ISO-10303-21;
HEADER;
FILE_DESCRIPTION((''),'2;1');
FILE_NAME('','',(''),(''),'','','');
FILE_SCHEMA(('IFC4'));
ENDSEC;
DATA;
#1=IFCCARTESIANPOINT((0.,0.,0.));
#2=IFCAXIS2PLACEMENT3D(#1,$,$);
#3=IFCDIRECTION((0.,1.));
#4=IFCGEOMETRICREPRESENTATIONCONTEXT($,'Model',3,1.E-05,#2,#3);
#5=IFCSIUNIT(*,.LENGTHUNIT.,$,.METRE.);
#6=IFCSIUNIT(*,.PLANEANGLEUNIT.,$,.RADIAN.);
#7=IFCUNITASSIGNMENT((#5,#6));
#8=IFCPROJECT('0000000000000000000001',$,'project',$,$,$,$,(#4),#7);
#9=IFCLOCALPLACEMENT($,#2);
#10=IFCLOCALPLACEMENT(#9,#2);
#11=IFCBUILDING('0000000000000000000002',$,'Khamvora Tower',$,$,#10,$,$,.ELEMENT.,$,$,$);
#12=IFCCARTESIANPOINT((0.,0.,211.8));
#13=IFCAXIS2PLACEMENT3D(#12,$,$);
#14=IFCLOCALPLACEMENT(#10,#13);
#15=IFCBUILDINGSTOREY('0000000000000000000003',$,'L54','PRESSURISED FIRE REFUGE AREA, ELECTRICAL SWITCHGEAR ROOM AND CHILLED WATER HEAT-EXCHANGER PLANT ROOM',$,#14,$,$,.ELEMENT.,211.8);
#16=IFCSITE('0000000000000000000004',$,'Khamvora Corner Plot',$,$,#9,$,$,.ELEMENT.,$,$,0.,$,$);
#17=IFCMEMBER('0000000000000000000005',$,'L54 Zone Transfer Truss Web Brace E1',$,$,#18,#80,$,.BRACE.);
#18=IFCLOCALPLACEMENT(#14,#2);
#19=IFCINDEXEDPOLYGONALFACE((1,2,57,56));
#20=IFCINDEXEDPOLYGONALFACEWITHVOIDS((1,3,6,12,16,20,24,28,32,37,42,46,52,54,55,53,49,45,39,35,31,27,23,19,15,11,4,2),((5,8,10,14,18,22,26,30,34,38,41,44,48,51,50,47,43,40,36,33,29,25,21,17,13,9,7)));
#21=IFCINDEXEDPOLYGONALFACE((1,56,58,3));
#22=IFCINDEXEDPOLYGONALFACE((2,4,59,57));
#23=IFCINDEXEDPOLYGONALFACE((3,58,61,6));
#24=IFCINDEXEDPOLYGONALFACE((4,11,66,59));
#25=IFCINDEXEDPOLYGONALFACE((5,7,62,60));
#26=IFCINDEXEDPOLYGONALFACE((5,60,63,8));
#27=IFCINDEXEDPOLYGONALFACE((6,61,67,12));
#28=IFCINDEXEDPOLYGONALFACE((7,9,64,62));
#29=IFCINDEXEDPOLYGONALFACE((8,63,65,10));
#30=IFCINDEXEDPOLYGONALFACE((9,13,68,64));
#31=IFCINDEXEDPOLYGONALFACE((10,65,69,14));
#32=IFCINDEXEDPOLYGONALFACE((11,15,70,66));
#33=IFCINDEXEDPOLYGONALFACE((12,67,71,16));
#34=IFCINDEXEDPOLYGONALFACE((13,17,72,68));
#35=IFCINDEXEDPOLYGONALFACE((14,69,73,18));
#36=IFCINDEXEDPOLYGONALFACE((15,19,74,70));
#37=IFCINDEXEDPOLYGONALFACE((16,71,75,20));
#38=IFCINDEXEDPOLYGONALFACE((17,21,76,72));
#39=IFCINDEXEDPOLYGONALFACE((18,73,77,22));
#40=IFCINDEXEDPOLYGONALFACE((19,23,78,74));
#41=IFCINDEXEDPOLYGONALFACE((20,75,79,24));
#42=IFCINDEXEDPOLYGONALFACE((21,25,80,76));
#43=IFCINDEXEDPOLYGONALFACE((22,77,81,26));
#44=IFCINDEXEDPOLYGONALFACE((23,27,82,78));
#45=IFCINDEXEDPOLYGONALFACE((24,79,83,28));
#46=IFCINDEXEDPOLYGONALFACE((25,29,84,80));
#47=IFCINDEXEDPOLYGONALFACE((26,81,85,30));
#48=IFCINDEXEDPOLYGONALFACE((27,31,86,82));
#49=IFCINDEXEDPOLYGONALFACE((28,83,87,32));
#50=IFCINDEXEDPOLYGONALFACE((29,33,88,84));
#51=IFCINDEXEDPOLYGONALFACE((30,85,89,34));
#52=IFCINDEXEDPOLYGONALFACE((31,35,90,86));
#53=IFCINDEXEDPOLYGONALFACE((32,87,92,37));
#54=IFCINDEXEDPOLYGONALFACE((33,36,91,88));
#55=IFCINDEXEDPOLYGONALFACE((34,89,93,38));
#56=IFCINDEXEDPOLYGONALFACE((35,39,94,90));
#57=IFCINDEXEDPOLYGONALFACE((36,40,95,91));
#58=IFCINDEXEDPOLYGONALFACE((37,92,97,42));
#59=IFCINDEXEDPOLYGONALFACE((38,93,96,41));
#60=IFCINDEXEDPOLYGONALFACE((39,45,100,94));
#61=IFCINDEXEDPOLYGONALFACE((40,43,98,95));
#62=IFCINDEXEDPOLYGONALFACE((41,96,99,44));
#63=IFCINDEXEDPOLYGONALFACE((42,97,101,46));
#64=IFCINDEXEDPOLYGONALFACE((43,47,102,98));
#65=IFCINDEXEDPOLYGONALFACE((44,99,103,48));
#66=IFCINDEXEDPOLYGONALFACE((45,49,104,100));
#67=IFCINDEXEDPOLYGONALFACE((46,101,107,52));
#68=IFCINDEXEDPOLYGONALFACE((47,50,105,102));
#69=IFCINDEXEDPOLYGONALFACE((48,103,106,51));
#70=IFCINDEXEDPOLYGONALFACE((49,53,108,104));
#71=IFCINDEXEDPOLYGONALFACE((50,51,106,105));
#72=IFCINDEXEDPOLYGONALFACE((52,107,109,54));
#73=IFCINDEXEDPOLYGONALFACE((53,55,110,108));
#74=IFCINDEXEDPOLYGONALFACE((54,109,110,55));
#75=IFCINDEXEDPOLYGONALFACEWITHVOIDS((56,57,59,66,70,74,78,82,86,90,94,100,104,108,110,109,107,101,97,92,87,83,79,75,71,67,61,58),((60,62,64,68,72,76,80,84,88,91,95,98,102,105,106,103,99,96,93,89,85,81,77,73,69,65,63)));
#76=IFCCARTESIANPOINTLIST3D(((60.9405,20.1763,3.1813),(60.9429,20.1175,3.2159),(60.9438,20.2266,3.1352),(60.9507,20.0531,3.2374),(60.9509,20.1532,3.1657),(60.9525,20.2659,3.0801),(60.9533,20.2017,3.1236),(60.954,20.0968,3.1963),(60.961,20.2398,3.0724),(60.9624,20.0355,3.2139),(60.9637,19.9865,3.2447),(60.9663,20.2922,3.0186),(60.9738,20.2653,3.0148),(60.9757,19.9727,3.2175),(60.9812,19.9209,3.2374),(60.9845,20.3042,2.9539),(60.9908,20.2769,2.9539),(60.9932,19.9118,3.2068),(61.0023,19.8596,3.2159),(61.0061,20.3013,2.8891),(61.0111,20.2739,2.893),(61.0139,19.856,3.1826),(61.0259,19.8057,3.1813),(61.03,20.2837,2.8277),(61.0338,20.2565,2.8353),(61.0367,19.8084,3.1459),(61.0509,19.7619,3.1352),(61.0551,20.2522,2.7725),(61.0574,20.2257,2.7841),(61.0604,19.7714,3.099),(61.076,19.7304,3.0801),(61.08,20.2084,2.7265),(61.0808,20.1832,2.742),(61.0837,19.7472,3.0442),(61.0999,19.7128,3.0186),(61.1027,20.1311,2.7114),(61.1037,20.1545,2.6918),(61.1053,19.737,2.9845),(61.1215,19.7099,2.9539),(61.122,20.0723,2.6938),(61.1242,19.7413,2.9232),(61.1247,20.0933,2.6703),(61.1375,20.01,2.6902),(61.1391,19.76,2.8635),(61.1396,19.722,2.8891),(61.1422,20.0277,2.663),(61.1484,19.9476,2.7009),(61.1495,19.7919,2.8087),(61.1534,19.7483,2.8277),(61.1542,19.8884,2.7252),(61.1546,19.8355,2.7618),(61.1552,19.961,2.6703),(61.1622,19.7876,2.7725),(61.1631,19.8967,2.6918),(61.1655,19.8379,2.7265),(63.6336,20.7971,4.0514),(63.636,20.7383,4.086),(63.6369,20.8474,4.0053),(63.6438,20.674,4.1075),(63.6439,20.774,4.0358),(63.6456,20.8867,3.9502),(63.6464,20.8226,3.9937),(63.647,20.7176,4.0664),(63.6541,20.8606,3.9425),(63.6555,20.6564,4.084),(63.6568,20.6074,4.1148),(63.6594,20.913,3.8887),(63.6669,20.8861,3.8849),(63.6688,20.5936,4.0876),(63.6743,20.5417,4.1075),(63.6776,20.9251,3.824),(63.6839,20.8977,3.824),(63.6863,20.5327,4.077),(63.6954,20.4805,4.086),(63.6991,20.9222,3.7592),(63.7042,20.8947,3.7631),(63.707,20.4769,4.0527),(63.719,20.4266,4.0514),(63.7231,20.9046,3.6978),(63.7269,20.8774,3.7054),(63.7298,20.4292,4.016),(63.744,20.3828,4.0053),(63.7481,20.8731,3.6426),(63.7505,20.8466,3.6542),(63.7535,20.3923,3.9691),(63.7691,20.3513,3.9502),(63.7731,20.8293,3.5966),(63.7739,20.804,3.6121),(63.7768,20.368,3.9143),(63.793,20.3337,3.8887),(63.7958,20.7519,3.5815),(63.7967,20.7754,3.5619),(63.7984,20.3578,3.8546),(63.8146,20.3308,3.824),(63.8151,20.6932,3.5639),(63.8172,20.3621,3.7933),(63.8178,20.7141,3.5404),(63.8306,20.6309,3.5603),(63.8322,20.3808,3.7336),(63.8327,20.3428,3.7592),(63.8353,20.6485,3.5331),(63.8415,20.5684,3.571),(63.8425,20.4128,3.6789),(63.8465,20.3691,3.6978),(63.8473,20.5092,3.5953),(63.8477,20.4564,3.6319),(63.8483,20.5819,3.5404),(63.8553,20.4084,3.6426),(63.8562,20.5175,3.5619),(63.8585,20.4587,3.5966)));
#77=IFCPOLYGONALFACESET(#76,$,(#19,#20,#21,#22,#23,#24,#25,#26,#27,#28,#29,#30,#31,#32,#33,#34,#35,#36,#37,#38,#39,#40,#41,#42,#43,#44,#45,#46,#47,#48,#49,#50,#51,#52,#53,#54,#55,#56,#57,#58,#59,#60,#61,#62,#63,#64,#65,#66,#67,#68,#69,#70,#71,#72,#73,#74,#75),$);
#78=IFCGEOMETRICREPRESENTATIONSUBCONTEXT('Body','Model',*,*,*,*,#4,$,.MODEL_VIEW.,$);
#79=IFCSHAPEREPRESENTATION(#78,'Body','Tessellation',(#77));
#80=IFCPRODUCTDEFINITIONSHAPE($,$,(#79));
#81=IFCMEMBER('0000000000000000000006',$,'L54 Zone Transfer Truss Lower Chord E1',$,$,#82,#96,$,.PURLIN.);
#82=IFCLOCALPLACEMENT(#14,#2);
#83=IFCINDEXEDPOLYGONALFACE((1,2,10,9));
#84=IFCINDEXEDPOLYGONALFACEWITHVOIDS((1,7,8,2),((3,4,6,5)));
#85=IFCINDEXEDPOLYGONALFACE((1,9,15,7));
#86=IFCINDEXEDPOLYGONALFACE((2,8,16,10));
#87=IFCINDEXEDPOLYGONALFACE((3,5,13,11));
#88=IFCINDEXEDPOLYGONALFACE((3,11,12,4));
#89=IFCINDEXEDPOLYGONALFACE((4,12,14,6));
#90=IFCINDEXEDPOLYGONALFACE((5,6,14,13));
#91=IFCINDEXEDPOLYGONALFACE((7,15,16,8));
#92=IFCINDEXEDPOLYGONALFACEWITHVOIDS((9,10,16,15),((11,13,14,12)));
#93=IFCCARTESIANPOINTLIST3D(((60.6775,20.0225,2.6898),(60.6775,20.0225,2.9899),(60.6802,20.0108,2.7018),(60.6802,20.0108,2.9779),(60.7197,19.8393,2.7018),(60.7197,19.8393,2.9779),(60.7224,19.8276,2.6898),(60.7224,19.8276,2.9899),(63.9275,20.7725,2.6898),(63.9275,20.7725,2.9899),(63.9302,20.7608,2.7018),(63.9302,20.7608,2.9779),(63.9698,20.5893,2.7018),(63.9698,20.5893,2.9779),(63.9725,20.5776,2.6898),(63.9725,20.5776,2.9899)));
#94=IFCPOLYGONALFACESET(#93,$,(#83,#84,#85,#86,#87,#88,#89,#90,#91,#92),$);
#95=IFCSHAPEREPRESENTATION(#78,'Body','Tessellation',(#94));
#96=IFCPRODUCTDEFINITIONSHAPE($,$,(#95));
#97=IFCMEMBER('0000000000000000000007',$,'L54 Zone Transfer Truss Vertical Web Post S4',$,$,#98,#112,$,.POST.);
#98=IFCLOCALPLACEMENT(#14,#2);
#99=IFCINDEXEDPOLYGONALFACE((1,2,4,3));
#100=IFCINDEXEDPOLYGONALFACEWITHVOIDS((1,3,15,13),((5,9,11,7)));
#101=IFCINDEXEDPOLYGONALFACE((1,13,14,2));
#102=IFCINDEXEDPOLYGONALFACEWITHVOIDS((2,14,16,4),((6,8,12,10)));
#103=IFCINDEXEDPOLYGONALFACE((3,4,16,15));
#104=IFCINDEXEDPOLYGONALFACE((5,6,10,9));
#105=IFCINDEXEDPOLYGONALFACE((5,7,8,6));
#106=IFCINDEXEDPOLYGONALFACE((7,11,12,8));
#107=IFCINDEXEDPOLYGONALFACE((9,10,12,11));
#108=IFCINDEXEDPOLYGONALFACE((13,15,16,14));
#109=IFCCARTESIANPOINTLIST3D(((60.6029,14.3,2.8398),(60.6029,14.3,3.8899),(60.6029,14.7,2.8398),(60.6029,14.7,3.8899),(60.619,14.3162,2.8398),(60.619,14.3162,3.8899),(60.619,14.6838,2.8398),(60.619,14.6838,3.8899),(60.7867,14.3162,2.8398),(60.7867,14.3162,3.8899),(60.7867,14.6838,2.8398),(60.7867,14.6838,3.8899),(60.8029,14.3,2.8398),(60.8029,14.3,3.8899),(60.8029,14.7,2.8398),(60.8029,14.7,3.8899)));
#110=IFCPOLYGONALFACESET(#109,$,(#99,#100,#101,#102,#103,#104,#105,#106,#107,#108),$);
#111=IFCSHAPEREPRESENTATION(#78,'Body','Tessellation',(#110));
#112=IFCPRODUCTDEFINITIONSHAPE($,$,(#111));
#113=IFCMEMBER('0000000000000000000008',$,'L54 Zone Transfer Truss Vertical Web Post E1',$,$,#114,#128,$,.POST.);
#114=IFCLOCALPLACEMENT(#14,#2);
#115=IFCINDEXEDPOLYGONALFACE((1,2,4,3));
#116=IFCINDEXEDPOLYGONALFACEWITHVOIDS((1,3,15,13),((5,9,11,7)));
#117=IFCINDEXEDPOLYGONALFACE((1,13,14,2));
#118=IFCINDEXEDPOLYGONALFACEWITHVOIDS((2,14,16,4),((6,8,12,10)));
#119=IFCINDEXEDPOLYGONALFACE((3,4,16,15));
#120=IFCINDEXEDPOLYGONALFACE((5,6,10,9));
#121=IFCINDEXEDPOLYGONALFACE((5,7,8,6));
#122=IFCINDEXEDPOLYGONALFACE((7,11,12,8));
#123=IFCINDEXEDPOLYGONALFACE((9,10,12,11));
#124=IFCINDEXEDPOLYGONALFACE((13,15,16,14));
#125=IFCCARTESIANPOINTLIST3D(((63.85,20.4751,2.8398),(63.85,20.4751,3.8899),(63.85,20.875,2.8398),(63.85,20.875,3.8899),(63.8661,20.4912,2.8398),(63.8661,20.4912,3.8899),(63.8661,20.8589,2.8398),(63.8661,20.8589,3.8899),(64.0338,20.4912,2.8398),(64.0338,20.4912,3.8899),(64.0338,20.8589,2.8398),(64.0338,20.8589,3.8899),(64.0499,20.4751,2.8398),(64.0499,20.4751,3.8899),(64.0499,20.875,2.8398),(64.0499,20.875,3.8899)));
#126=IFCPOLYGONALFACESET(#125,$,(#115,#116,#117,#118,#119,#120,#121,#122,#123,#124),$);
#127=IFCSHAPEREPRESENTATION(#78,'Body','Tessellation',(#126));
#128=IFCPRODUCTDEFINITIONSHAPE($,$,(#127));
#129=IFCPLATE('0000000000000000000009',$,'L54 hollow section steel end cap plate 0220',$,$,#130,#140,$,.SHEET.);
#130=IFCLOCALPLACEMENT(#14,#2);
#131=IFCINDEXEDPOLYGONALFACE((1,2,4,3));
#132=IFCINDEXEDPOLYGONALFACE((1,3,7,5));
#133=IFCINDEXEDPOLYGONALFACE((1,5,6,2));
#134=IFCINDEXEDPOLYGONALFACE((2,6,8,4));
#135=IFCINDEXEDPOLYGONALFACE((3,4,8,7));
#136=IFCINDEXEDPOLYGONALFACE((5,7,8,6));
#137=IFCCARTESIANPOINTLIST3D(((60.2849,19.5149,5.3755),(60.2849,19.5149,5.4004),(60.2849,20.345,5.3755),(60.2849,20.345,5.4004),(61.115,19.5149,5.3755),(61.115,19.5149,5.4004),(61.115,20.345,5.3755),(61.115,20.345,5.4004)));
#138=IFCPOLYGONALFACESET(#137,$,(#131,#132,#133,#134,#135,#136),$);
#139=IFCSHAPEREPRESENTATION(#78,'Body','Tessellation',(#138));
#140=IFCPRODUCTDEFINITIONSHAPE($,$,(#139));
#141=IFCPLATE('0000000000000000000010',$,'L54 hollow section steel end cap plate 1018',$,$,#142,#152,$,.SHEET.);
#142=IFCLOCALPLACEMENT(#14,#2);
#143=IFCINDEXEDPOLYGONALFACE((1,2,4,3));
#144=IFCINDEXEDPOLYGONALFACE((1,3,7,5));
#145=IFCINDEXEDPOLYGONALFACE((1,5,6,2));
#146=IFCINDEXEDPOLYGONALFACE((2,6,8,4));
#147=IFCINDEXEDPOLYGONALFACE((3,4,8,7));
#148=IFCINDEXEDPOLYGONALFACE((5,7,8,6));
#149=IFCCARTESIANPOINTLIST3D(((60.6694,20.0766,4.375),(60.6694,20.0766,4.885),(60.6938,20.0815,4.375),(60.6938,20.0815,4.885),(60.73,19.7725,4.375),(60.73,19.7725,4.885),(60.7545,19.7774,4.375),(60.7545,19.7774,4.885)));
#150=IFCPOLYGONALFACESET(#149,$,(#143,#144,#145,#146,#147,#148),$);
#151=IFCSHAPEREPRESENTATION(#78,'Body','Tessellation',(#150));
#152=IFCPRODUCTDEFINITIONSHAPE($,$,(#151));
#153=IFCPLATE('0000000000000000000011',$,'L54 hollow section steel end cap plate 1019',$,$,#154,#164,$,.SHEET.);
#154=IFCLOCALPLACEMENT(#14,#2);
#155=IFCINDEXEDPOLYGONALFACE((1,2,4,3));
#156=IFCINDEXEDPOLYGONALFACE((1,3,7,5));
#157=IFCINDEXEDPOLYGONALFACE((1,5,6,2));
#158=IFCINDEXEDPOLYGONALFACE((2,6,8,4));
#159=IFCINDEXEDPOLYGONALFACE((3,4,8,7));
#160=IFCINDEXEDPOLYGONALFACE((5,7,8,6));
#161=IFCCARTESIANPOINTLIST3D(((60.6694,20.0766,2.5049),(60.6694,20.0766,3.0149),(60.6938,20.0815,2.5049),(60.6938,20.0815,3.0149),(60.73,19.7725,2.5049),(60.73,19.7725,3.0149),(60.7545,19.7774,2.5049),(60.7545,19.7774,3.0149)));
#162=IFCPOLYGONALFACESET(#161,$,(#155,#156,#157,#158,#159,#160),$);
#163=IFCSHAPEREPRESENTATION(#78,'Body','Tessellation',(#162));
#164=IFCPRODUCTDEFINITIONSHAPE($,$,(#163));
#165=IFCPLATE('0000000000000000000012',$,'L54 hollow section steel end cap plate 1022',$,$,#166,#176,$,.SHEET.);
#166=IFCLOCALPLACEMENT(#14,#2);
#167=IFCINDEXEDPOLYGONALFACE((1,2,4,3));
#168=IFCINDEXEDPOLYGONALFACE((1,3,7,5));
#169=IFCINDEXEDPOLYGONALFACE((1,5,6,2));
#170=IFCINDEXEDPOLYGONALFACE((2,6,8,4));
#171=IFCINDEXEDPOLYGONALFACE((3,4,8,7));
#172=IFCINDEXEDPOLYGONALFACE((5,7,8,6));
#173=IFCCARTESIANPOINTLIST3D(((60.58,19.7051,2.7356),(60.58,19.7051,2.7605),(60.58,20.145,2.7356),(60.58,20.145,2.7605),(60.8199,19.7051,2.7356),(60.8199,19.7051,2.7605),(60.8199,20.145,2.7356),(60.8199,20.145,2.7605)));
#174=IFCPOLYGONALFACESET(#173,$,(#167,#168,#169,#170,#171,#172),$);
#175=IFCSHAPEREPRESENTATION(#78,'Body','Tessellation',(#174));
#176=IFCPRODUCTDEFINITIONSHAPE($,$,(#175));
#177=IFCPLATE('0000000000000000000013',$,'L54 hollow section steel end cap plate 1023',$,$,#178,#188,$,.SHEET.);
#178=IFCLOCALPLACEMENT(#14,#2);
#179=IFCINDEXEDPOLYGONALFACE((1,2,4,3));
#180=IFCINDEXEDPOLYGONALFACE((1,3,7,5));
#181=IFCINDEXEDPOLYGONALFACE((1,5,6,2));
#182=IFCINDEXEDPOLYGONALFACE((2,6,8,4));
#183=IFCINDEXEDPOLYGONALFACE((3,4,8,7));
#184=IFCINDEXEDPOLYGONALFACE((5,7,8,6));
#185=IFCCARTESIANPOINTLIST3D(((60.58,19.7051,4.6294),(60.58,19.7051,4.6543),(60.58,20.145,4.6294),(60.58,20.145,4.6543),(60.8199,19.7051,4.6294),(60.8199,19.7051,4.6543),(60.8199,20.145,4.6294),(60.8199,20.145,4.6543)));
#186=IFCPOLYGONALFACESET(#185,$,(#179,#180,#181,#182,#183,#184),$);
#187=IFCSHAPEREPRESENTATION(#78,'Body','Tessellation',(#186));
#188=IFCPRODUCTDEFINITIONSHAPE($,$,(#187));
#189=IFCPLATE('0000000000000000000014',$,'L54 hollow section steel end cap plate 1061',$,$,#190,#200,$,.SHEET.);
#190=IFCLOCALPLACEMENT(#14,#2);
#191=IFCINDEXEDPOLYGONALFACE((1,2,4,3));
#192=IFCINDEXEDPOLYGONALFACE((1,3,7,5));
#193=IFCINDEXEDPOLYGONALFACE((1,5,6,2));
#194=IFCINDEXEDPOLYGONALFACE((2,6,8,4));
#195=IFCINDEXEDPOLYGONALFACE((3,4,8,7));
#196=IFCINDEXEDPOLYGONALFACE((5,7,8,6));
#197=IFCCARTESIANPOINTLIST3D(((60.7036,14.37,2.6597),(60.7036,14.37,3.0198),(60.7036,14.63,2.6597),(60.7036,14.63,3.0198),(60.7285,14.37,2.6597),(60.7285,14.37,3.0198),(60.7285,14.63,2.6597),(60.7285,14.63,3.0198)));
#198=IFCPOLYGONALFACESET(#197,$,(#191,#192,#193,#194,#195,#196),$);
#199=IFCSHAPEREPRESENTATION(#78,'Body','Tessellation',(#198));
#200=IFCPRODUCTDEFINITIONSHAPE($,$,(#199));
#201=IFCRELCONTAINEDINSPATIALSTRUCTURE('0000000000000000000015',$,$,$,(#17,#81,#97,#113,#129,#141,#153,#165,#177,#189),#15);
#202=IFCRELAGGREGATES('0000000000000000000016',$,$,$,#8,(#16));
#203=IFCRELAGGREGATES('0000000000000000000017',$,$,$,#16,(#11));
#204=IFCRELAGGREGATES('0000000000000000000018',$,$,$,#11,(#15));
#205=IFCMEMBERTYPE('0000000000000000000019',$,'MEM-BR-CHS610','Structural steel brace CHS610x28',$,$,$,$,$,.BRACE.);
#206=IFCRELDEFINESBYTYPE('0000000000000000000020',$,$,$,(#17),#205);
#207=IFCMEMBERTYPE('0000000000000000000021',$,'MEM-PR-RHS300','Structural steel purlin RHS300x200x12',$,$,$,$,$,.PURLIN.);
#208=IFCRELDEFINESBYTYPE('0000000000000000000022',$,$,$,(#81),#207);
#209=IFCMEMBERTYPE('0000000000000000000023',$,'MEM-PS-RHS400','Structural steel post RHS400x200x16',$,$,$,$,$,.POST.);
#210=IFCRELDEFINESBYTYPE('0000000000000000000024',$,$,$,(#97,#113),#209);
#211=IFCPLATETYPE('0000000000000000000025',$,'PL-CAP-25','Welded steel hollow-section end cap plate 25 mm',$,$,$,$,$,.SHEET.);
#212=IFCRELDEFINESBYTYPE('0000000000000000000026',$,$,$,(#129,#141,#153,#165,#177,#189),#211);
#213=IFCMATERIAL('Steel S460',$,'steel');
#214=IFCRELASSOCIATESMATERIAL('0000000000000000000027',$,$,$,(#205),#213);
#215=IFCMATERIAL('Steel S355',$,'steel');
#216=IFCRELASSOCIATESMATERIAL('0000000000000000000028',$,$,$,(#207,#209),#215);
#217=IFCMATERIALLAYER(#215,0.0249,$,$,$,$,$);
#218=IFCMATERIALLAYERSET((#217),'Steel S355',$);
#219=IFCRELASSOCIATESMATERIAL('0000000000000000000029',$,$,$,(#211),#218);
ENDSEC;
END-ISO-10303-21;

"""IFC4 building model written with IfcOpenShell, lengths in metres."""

from ifc_helpers import new_model, si_unit, direction, frame, origin, origin_2d, place, context, subcontext, project, spatial, rectangle, hollow_rectangle, hollow_circle, extrude, material, layer, layer_set, material_profile, profile_set, type_object, element, save


model = new_model("IFC4")

# Units and contexts
model_context = context("Model", 3, precision=1e-05, world=origin(), true_north=direction((0.0, 1.0)))
body_context = subcontext(model_context, "Body", "Model", "MODEL_VIEW")
ifc_project = project(units=[si_unit("LENGTHUNIT", "METRE"), si_unit("PLANEANGLEUNIT", "RADIAN")], contexts=[model_context])

# Site, building, storey
site_placement = place(None, origin())
site = spatial("IfcSite", under=ifc_project, at=site_placement, Name="Khamvora Corner Plot", CompositionType="ELEMENT", RefElevation=0.0)
building_placement = place(site_placement, origin())
building = spatial("IfcBuilding", under=site, at=building_placement, Name="Khamvora Tower", CompositionType="ELEMENT")
storey_placement = place(building_placement, frame((0.0, 0.0, 211.8)))
storey = spatial("IfcBuildingStorey", under=building, at=storey_placement, Name="L54", Description="PRESSURISED FIRE REFUGE AREA, ELECTRICAL SWITCHGEAR ROOM AND CHILLED WATER HEAT-EXCHANGER PLANT ROOM", CompositionType="ELEMENT", Elevation=211.8)

# Shared definitions
ifc_material_1 = material(Name="Steel S355", Category="steel")
ifc_material_2 = material(Name="Steel S460", Category="steel")

# Members
ifc_material_profile_1 = material_profile(ifc_material_2, hollow_circle(Radius=0.3049, WallThickness=0.0281, at=origin_2d()), Name="CHS610x28")
ifc_profile_set_1 = profile_set([ifc_material_profile_1], Name="Steel S460")
member_type_1 = type_object("IfcMemberType", Name="MEM-BR-CHS610", Description="Structural steel brace CHS610x28", PredefinedType="BRACE", material=ifc_profile_set_1)
member_1_placement = place(storey_placement, frame((61.053, 20.0071, 2.9539), z_axis=(0.929466, 0.214272, 0.300301), x_axis=(-0.22464, 0.974442, 0.0)))
element("IfcMember", 1, at=member_1_placement, inside=storey, type_object=member_type_1, Name="L54 Zone Transfer Truss Web Brace E1", PredefinedType="BRACE", context=body_context, shape_type="SweptSolid", body=[
    extrude(hollow_circle(Radius=0.3049, WallThickness=0.0281, at=origin_2d()), origin(), (0.0, 0.0, 1.0), 2.8975),
])
ifc_material_profile_2 = material_profile(ifc_material_1, hollow_rectangle(XDim=0.2, YDim=0.3, WallThickness=0.012, at=origin_2d()), Name="RHS300x200x12")
ifc_profile_set_2 = profile_set([ifc_material_profile_2], Name="Steel S355")
member_type_2 = type_object("IfcMemberType", Name="MEM-PR-RHS300", Description="Structural steel purlin RHS300x200x12", PredefinedType="PURLIN", material=ifc_profile_set_2)
member_2_placement = place(storey_placement, frame((60.7, 19.925, 2.8398), z_axis=(0.974391, 0.22486, 0.0), x_axis=(-0.22486, 0.974391, 0.0)))
element("IfcMember", 2, at=member_2_placement, inside=storey, type_object=member_type_2, Name="L54 Zone Transfer Truss Lower Chord E1", PredefinedType="PURLIN", context=body_context, shape_type="SweptSolid", body=[
    extrude(hollow_rectangle(XDim=0.2, YDim=0.3, WallThickness=0.012, at=origin_2d()), origin(), (0.0, 0.0, 1.0), 3.3354),
])
ifc_material_profile_3 = material_profile(ifc_material_1, hollow_rectangle(XDim=0.2, YDim=0.3999, WallThickness=0.0161, at=origin_2d()), Name="RHS400x200x16")
ifc_profile_set_3 = profile_set([ifc_material_profile_3], Name="Steel S355")
member_type_3 = type_object("IfcMemberType", Name="MEM-PS-RHS400", Description="Structural steel post RHS400x200x16", PredefinedType="POST", material=ifc_profile_set_3)
for number, where, z_axis, x_axis, name in (
    (3, (60.7029, 14.5, 2.8398), (0.0, 0.0, 1.0), (1.0, 0.0, 0.0), "L54 Zone Transfer Truss Vertical Web Post S4"),
    (4, (63.95, 20.675, 2.8398), (0.0, 0.0, 1.0), (1.0, 0.0, 0.0), "L54 Zone Transfer Truss Vertical Web Post E1"),
):
    element("IfcMember", number, at=place(storey_placement, frame(where, z_axis=z_axis, x_axis=x_axis)), inside=storey, type_object=member_type_3, Name=name, PredefinedType="POST", context=body_context, shape_type="SweptSolid", body=[
        extrude(hollow_rectangle(XDim=0.2, YDim=0.3999, WallThickness=0.0161, at=origin_2d()), origin(), (0.0, 0.0, 1.0), 1.05),
    ])

# Plates
ifc_layer_1 = layer(ifc_material_1, 0.0249)
ifc_layer_set_1 = layer_set([ifc_layer_1], Name="Steel S355")
plate_type_1 = type_object("IfcPlateType", Name="PL-CAP-25", Description="Welded steel hollow-section end cap plate 25 mm", PredefinedType="SHEET", material=ifc_layer_set_1)
plate_1_placement = place(storey_placement, frame((60.7, 19.9299, 5.3755), z_axis=(0.0, 0.0, 1.0), x_axis=(1.0, 0.0, 0.0)))
element("IfcPlate", 5, at=plate_1_placement, inside=storey, type_object=plate_type_1, Name="L54 hollow section steel end cap plate 0220", PredefinedType="SHEET", context=body_context, shape_type="SweptSolid", body=[
    extrude(rectangle(XDim=0.8301, YDim=0.8301, at=origin_2d()), origin(), (0.0, 0.0, 1.0), 0.0249),
])
for number, where, z_axis, x_axis, name in (
    (6, (60.7119, 19.927, 4.375), (0.0, 0.0, 1.0), (0.980669, 0.195672, 0.0), "L54 hollow section steel end cap plate 1018"),
    (7, (60.7119, 19.927, 2.5049), (0.0, 0.0, 1.0), (0.980669, 0.195672, 0.0), "L54 hollow section steel end cap plate 1019"),
):
    element("IfcPlate", number, at=place(storey_placement, frame(where, z_axis=z_axis, x_axis=x_axis)), inside=storey, type_object=plate_type_1, Name=name, PredefinedType="SHEET", context=body_context, shape_type="SweptSolid", body=[
        extrude(rectangle(XDim=0.0249, YDim=0.3101, at=origin_2d()), origin(), (0.0, 0.0, 1.0), 0.51),
    ])
for number, where, z_axis, x_axis, name in (
    (8, (60.7, 19.925, 2.7356), (0.0, 0.0, 1.0), (1.0, 0.0, 0.0), "L54 hollow section steel end cap plate 1022"),
    (9, (60.7, 19.925, 4.6294), (0.0, 0.0, 1.0), (1.0, 0.0, 0.0), "L54 hollow section steel end cap plate 1023"),
):
    element("IfcPlate", number, at=place(storey_placement, frame(where, z_axis=z_axis, x_axis=x_axis)), inside=storey, type_object=plate_type_1, Name=name, PredefinedType="SHEET", context=body_context, shape_type="SweptSolid", body=[
        extrude(rectangle(XDim=0.24, YDim=0.4399, at=origin_2d()), origin(), (0.0, 0.0, 1.0), 0.0249),
    ])
plate_2_placement = place(storey_placement, frame((60.7161, 14.5, 2.6597), z_axis=(0.0, 0.0, 1.0), x_axis=(1.0, 0.0, 0.0)))
element("IfcPlate", 10, at=plate_2_placement, inside=storey, type_object=plate_type_1, Name="L54 hollow section steel end cap plate 1061", PredefinedType="SHEET", context=body_context, shape_type="SweptSolid", body=[
    extrude(rectangle(XDim=0.0249, YDim=0.26, at=origin_2d()), origin(), (0.0, 0.0, 1.0), 0.3601),
])

save(model, "model.ifc")
